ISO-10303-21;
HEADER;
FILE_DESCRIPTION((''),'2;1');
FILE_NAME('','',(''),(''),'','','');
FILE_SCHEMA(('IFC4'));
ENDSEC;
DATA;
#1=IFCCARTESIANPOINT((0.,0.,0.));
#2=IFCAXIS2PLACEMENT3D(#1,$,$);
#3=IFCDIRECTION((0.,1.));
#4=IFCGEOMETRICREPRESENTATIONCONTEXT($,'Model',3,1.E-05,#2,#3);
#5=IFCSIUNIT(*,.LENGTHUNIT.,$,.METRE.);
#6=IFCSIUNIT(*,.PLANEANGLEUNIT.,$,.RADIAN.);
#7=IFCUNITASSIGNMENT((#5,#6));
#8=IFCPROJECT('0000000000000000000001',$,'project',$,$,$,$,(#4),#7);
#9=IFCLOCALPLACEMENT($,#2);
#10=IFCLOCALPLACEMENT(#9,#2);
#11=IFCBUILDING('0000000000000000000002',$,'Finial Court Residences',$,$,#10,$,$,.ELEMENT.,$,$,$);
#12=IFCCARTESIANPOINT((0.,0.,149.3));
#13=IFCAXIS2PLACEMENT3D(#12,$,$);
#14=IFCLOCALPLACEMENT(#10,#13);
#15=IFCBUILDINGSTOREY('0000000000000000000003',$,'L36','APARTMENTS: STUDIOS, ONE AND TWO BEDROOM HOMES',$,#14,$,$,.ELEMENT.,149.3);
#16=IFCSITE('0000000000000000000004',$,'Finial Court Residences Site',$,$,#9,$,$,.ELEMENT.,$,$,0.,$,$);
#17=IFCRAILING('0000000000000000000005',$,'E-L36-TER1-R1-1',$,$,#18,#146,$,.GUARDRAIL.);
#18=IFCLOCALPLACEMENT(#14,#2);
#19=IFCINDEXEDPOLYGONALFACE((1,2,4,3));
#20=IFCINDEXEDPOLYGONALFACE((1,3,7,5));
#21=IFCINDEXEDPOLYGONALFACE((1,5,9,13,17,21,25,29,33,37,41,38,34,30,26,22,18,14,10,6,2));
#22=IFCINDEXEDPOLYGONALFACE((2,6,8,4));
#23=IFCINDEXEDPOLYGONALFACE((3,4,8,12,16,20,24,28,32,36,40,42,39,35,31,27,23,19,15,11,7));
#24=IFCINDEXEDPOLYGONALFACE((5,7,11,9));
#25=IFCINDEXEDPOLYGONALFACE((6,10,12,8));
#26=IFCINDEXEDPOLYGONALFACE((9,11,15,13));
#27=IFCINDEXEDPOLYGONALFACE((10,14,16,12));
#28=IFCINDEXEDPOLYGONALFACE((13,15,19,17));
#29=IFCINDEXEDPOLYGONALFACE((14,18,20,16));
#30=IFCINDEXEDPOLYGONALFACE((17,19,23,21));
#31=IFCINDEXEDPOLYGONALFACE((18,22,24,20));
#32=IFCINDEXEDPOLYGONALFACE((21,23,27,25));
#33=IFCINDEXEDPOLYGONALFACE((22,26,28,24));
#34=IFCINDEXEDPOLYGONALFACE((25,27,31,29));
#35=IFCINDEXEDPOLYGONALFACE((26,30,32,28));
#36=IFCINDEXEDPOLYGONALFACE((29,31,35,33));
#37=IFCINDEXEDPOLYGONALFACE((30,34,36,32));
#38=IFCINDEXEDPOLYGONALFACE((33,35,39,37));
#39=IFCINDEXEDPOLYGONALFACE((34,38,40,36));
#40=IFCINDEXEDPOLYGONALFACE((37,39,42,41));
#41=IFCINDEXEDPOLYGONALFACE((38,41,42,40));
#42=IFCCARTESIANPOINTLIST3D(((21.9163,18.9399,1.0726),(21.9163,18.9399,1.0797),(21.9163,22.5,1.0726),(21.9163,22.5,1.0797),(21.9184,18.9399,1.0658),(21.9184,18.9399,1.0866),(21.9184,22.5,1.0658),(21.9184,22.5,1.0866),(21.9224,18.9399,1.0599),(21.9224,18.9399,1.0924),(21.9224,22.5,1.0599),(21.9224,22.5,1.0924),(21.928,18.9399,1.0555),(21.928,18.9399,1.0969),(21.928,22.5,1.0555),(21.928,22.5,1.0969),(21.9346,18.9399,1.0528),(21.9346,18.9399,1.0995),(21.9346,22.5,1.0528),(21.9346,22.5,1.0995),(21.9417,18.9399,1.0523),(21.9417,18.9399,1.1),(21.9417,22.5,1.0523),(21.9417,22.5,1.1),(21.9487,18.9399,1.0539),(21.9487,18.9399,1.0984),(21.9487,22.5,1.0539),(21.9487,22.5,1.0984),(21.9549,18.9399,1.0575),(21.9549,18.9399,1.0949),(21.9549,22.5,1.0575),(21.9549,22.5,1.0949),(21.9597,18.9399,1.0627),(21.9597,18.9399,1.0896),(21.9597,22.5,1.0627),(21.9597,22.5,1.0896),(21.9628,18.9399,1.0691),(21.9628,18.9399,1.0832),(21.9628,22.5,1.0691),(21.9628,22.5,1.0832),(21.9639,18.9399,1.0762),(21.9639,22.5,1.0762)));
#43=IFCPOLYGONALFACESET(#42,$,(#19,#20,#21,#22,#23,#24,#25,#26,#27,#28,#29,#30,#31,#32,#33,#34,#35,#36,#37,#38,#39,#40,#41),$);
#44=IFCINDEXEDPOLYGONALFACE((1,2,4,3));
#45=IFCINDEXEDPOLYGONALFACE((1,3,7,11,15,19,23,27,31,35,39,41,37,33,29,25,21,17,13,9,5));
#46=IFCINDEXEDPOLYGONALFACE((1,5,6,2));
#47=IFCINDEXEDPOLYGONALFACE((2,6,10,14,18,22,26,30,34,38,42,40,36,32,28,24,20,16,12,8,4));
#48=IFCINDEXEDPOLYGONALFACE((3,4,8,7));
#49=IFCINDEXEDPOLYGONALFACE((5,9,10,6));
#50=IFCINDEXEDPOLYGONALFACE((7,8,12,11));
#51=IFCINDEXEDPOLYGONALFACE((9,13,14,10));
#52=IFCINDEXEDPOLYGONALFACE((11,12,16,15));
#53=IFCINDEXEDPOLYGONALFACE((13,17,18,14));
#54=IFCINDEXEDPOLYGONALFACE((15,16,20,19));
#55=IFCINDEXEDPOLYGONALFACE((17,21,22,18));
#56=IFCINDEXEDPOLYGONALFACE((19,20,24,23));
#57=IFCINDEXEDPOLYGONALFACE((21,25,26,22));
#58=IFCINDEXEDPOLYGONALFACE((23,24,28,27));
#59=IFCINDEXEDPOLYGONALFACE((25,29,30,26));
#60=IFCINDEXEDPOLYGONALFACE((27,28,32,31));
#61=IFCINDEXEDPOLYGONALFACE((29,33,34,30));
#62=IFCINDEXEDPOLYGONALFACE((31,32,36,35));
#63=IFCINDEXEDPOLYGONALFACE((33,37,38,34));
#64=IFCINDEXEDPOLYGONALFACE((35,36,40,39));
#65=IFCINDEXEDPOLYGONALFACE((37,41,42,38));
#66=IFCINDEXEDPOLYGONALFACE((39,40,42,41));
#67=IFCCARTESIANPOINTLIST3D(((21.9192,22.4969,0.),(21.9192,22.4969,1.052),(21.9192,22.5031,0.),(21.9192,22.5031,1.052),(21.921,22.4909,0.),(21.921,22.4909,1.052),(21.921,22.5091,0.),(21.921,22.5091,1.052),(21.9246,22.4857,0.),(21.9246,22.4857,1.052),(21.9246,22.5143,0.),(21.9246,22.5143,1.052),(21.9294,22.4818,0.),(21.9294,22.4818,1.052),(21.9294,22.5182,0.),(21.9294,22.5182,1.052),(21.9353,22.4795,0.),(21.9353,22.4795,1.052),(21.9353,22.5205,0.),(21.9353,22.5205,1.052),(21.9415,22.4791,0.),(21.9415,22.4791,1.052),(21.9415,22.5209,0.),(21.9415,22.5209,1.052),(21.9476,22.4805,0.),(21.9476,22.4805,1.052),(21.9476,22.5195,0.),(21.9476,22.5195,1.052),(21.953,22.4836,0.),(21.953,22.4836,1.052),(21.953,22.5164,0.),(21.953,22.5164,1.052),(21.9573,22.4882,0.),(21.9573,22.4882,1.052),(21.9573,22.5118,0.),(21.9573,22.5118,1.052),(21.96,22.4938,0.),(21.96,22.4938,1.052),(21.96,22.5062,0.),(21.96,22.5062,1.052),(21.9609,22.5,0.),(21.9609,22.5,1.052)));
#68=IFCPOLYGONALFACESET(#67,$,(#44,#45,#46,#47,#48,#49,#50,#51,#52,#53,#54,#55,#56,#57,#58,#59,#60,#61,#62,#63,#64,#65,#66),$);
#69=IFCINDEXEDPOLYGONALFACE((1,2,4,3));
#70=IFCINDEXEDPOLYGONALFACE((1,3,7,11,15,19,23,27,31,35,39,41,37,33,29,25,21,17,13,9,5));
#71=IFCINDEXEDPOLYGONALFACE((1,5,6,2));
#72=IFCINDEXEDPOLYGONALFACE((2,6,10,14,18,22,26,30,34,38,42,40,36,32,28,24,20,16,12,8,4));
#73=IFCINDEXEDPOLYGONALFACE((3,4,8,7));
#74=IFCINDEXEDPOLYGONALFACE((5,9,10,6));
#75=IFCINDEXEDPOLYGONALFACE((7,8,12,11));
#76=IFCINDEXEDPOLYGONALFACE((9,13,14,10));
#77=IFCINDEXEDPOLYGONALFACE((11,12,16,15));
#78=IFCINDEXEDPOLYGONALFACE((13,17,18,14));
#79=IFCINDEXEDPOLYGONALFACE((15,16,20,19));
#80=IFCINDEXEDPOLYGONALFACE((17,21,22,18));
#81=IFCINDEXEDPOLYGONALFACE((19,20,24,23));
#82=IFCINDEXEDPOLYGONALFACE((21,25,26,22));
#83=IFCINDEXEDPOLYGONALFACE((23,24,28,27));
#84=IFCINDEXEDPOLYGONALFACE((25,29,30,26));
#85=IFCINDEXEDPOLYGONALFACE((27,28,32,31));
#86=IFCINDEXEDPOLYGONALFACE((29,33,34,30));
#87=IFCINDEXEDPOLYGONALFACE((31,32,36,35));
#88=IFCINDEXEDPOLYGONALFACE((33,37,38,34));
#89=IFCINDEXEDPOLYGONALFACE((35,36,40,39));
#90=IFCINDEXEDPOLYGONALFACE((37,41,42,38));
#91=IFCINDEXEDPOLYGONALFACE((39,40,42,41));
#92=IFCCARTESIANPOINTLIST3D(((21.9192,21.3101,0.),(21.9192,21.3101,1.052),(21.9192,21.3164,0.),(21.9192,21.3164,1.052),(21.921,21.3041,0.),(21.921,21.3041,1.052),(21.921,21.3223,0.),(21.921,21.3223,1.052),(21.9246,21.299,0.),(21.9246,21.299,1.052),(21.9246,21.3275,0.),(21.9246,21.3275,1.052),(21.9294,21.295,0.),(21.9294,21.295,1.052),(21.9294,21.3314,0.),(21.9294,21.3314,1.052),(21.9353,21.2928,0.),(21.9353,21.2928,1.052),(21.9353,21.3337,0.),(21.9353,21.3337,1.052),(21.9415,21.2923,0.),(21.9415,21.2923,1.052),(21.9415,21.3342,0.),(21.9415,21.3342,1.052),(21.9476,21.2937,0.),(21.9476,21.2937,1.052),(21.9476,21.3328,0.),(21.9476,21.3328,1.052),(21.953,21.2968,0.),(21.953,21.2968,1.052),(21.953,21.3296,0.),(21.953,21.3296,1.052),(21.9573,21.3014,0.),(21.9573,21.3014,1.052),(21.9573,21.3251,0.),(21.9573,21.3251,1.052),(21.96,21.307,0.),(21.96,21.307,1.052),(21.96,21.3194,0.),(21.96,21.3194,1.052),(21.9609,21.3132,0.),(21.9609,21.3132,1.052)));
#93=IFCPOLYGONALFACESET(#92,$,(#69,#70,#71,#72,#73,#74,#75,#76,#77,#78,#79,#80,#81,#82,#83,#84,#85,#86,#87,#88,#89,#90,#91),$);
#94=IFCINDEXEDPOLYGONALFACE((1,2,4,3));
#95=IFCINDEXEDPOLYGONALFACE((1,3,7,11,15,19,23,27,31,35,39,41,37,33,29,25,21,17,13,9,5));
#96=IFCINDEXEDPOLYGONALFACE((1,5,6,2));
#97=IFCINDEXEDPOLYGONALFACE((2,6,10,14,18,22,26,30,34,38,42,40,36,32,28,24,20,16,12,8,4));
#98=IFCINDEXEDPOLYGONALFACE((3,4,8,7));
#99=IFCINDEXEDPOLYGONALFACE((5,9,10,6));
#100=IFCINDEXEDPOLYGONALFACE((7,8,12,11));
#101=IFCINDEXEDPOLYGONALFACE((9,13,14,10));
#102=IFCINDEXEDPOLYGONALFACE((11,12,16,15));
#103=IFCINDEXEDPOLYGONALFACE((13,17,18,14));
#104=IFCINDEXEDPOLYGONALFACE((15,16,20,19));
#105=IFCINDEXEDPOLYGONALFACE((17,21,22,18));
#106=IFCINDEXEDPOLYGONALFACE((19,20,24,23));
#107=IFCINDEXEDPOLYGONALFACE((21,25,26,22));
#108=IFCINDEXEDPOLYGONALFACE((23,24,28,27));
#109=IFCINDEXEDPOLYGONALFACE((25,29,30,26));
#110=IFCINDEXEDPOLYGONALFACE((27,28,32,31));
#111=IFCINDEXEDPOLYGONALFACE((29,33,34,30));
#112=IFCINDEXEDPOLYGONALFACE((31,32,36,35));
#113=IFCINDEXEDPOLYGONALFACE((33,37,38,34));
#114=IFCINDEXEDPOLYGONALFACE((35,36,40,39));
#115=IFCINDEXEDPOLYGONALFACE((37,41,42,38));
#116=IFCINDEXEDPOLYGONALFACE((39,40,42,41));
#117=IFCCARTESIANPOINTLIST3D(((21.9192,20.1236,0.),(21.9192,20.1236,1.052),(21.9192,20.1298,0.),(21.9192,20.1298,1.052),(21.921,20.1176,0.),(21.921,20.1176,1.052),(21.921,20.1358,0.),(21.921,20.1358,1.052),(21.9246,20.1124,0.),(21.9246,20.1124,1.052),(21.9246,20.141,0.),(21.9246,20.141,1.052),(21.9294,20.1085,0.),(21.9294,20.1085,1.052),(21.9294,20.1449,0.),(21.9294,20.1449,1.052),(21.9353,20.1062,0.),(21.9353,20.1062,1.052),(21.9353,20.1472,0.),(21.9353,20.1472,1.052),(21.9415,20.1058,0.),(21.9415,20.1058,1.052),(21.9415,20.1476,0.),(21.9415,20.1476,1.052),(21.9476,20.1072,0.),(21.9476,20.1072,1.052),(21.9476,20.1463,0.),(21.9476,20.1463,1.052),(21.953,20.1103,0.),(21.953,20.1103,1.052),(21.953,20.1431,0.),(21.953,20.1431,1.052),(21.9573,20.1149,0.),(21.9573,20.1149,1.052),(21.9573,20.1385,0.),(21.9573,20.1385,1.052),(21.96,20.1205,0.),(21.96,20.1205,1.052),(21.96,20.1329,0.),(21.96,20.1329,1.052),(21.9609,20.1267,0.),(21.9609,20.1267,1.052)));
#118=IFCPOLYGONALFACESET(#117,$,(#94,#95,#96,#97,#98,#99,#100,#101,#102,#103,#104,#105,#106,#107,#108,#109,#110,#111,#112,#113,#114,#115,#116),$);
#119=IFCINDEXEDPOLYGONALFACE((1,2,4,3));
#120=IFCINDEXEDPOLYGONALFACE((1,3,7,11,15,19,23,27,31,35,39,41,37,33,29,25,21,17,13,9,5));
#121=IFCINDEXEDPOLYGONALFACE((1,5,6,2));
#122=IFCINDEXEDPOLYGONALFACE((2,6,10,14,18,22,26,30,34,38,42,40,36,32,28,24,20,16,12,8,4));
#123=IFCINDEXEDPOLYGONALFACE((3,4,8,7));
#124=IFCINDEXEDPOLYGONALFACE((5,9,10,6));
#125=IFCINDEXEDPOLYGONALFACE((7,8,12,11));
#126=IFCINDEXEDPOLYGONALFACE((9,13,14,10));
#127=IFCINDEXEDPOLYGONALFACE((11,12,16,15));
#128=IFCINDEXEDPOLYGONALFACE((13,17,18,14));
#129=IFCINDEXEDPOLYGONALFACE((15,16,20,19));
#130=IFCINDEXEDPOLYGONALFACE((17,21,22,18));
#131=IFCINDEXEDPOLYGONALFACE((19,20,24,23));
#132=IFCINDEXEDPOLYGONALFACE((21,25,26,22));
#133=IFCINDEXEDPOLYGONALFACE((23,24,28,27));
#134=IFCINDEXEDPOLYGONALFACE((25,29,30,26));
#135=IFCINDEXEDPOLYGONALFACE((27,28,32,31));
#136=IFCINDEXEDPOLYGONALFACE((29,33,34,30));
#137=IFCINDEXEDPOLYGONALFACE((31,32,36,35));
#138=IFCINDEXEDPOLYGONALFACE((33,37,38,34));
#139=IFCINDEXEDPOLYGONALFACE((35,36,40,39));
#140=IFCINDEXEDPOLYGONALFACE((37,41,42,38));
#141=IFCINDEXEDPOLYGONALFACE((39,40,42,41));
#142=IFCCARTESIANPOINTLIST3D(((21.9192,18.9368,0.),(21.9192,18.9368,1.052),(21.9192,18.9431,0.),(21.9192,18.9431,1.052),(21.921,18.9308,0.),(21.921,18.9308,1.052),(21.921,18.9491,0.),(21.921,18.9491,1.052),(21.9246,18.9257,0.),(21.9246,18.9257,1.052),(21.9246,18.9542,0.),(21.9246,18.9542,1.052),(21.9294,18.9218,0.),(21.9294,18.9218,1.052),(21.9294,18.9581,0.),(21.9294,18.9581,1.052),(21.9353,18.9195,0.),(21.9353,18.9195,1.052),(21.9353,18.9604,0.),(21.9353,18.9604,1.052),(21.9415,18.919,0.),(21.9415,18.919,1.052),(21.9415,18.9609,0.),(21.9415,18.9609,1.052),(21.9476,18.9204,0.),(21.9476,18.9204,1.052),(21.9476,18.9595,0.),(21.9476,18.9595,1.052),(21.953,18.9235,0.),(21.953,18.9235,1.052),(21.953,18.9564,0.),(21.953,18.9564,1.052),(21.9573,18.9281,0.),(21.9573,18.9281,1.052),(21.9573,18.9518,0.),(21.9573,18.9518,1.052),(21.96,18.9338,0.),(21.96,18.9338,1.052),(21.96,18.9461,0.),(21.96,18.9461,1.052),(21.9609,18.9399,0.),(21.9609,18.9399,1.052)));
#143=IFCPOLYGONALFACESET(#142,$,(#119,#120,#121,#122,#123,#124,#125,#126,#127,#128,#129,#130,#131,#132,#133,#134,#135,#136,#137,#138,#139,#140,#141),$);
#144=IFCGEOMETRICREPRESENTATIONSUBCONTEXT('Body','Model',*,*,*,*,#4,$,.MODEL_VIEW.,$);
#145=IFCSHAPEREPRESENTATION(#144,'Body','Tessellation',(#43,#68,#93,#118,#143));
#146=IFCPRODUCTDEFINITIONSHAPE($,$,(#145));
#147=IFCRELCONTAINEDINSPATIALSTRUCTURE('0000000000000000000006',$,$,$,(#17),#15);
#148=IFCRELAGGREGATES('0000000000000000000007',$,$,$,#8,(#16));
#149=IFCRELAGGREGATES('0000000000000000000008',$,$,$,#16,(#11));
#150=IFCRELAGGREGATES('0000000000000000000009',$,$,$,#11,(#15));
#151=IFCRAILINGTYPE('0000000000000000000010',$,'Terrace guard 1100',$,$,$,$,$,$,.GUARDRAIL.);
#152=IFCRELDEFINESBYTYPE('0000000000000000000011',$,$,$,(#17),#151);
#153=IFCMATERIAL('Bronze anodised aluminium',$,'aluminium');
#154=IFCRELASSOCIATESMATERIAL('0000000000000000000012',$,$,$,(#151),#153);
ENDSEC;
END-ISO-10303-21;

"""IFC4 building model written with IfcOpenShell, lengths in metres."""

from ifc_helpers import new_model, si_unit, direction, frame, origin, origin_2d, place, context, subcontext, project, spatial, circle, extrude, material, type_object, element, save


model = new_model("IFC4")

# Units and contexts
model_context = context("Model", 3, precision=1e-05, world=origin(), true_north=direction((0.0, 1.0)))
body_context = subcontext(model_context, "Body", "Model", "MODEL_VIEW")
ifc_project = project(units=[si_unit("LENGTHUNIT", "METRE"), si_unit("PLANEANGLEUNIT", "RADIAN")], contexts=[model_context])

# Site, building, storey
site_placement = place(None, origin())
site = spatial("IfcSite", under=ifc_project, at=site_placement, Name="Finial Court Residences Site", CompositionType="ELEMENT", RefElevation=0.0)
building_placement = place(site_placement, origin())
building = spatial("IfcBuilding", under=site, at=building_placement, Name="Finial Court Residences", CompositionType="ELEMENT")
storey_placement = place(building_placement, frame((0.0, 0.0, 149.3)))
storey = spatial("IfcBuildingStorey", under=building, at=storey_placement, Name="L36", Description="APARTMENTS: STUDIOS, ONE AND TWO BEDROOM HOMES", CompositionType="ELEMENT", Elevation=149.3)

# Shared definitions
ifc_material_1 = material(Name="Bronze anodised aluminium", Category="aluminium")

# Railing
railing_type = type_object("IfcRailingType", Name="Terrace guard 1100", PredefinedType="GUARDRAIL", material=ifc_material_1)
railing_1_placement = place(storey_placement, frame((21.9399, 22.5, 0.0)))
element("IfcRailing", 1, at=railing_1_placement, inside=storey, type_object=railing_type, Name="E-L36-TER1-R1-1", PredefinedType="GUARDRAIL", context=body_context, shape_type="SweptSolid", body=[
    extrude(circle(Radius=0.0239, at=origin_2d()), frame((0.0, 0.0, 1.0762), z_axis=(0.0, -1.0, 0.0), x_axis=(1.0, 0.0, 0.0)), (0.0, 0.0, 1.0), 3.5601),
    extrude(circle(Radius=0.021, at=origin_2d()), origin(), (0.0, 0.0, 1.0), 1.052),
    extrude(circle(Radius=0.021, at=origin_2d()), frame((0.0, -1.1868, 0.0)), (0.0, 0.0, 1.0), 1.052),
    extrude(circle(Radius=0.021, at=origin_2d()), frame((0.0, -2.3733, 0.0)), (0.0, 0.0, 1.0), 1.052),
    extrude(circle(Radius=0.021, at=origin_2d()), frame((0.0, -3.5601, 0.0)), (0.0, 0.0, 1.0), 1.052),
])

save(model, "model.ifc")
